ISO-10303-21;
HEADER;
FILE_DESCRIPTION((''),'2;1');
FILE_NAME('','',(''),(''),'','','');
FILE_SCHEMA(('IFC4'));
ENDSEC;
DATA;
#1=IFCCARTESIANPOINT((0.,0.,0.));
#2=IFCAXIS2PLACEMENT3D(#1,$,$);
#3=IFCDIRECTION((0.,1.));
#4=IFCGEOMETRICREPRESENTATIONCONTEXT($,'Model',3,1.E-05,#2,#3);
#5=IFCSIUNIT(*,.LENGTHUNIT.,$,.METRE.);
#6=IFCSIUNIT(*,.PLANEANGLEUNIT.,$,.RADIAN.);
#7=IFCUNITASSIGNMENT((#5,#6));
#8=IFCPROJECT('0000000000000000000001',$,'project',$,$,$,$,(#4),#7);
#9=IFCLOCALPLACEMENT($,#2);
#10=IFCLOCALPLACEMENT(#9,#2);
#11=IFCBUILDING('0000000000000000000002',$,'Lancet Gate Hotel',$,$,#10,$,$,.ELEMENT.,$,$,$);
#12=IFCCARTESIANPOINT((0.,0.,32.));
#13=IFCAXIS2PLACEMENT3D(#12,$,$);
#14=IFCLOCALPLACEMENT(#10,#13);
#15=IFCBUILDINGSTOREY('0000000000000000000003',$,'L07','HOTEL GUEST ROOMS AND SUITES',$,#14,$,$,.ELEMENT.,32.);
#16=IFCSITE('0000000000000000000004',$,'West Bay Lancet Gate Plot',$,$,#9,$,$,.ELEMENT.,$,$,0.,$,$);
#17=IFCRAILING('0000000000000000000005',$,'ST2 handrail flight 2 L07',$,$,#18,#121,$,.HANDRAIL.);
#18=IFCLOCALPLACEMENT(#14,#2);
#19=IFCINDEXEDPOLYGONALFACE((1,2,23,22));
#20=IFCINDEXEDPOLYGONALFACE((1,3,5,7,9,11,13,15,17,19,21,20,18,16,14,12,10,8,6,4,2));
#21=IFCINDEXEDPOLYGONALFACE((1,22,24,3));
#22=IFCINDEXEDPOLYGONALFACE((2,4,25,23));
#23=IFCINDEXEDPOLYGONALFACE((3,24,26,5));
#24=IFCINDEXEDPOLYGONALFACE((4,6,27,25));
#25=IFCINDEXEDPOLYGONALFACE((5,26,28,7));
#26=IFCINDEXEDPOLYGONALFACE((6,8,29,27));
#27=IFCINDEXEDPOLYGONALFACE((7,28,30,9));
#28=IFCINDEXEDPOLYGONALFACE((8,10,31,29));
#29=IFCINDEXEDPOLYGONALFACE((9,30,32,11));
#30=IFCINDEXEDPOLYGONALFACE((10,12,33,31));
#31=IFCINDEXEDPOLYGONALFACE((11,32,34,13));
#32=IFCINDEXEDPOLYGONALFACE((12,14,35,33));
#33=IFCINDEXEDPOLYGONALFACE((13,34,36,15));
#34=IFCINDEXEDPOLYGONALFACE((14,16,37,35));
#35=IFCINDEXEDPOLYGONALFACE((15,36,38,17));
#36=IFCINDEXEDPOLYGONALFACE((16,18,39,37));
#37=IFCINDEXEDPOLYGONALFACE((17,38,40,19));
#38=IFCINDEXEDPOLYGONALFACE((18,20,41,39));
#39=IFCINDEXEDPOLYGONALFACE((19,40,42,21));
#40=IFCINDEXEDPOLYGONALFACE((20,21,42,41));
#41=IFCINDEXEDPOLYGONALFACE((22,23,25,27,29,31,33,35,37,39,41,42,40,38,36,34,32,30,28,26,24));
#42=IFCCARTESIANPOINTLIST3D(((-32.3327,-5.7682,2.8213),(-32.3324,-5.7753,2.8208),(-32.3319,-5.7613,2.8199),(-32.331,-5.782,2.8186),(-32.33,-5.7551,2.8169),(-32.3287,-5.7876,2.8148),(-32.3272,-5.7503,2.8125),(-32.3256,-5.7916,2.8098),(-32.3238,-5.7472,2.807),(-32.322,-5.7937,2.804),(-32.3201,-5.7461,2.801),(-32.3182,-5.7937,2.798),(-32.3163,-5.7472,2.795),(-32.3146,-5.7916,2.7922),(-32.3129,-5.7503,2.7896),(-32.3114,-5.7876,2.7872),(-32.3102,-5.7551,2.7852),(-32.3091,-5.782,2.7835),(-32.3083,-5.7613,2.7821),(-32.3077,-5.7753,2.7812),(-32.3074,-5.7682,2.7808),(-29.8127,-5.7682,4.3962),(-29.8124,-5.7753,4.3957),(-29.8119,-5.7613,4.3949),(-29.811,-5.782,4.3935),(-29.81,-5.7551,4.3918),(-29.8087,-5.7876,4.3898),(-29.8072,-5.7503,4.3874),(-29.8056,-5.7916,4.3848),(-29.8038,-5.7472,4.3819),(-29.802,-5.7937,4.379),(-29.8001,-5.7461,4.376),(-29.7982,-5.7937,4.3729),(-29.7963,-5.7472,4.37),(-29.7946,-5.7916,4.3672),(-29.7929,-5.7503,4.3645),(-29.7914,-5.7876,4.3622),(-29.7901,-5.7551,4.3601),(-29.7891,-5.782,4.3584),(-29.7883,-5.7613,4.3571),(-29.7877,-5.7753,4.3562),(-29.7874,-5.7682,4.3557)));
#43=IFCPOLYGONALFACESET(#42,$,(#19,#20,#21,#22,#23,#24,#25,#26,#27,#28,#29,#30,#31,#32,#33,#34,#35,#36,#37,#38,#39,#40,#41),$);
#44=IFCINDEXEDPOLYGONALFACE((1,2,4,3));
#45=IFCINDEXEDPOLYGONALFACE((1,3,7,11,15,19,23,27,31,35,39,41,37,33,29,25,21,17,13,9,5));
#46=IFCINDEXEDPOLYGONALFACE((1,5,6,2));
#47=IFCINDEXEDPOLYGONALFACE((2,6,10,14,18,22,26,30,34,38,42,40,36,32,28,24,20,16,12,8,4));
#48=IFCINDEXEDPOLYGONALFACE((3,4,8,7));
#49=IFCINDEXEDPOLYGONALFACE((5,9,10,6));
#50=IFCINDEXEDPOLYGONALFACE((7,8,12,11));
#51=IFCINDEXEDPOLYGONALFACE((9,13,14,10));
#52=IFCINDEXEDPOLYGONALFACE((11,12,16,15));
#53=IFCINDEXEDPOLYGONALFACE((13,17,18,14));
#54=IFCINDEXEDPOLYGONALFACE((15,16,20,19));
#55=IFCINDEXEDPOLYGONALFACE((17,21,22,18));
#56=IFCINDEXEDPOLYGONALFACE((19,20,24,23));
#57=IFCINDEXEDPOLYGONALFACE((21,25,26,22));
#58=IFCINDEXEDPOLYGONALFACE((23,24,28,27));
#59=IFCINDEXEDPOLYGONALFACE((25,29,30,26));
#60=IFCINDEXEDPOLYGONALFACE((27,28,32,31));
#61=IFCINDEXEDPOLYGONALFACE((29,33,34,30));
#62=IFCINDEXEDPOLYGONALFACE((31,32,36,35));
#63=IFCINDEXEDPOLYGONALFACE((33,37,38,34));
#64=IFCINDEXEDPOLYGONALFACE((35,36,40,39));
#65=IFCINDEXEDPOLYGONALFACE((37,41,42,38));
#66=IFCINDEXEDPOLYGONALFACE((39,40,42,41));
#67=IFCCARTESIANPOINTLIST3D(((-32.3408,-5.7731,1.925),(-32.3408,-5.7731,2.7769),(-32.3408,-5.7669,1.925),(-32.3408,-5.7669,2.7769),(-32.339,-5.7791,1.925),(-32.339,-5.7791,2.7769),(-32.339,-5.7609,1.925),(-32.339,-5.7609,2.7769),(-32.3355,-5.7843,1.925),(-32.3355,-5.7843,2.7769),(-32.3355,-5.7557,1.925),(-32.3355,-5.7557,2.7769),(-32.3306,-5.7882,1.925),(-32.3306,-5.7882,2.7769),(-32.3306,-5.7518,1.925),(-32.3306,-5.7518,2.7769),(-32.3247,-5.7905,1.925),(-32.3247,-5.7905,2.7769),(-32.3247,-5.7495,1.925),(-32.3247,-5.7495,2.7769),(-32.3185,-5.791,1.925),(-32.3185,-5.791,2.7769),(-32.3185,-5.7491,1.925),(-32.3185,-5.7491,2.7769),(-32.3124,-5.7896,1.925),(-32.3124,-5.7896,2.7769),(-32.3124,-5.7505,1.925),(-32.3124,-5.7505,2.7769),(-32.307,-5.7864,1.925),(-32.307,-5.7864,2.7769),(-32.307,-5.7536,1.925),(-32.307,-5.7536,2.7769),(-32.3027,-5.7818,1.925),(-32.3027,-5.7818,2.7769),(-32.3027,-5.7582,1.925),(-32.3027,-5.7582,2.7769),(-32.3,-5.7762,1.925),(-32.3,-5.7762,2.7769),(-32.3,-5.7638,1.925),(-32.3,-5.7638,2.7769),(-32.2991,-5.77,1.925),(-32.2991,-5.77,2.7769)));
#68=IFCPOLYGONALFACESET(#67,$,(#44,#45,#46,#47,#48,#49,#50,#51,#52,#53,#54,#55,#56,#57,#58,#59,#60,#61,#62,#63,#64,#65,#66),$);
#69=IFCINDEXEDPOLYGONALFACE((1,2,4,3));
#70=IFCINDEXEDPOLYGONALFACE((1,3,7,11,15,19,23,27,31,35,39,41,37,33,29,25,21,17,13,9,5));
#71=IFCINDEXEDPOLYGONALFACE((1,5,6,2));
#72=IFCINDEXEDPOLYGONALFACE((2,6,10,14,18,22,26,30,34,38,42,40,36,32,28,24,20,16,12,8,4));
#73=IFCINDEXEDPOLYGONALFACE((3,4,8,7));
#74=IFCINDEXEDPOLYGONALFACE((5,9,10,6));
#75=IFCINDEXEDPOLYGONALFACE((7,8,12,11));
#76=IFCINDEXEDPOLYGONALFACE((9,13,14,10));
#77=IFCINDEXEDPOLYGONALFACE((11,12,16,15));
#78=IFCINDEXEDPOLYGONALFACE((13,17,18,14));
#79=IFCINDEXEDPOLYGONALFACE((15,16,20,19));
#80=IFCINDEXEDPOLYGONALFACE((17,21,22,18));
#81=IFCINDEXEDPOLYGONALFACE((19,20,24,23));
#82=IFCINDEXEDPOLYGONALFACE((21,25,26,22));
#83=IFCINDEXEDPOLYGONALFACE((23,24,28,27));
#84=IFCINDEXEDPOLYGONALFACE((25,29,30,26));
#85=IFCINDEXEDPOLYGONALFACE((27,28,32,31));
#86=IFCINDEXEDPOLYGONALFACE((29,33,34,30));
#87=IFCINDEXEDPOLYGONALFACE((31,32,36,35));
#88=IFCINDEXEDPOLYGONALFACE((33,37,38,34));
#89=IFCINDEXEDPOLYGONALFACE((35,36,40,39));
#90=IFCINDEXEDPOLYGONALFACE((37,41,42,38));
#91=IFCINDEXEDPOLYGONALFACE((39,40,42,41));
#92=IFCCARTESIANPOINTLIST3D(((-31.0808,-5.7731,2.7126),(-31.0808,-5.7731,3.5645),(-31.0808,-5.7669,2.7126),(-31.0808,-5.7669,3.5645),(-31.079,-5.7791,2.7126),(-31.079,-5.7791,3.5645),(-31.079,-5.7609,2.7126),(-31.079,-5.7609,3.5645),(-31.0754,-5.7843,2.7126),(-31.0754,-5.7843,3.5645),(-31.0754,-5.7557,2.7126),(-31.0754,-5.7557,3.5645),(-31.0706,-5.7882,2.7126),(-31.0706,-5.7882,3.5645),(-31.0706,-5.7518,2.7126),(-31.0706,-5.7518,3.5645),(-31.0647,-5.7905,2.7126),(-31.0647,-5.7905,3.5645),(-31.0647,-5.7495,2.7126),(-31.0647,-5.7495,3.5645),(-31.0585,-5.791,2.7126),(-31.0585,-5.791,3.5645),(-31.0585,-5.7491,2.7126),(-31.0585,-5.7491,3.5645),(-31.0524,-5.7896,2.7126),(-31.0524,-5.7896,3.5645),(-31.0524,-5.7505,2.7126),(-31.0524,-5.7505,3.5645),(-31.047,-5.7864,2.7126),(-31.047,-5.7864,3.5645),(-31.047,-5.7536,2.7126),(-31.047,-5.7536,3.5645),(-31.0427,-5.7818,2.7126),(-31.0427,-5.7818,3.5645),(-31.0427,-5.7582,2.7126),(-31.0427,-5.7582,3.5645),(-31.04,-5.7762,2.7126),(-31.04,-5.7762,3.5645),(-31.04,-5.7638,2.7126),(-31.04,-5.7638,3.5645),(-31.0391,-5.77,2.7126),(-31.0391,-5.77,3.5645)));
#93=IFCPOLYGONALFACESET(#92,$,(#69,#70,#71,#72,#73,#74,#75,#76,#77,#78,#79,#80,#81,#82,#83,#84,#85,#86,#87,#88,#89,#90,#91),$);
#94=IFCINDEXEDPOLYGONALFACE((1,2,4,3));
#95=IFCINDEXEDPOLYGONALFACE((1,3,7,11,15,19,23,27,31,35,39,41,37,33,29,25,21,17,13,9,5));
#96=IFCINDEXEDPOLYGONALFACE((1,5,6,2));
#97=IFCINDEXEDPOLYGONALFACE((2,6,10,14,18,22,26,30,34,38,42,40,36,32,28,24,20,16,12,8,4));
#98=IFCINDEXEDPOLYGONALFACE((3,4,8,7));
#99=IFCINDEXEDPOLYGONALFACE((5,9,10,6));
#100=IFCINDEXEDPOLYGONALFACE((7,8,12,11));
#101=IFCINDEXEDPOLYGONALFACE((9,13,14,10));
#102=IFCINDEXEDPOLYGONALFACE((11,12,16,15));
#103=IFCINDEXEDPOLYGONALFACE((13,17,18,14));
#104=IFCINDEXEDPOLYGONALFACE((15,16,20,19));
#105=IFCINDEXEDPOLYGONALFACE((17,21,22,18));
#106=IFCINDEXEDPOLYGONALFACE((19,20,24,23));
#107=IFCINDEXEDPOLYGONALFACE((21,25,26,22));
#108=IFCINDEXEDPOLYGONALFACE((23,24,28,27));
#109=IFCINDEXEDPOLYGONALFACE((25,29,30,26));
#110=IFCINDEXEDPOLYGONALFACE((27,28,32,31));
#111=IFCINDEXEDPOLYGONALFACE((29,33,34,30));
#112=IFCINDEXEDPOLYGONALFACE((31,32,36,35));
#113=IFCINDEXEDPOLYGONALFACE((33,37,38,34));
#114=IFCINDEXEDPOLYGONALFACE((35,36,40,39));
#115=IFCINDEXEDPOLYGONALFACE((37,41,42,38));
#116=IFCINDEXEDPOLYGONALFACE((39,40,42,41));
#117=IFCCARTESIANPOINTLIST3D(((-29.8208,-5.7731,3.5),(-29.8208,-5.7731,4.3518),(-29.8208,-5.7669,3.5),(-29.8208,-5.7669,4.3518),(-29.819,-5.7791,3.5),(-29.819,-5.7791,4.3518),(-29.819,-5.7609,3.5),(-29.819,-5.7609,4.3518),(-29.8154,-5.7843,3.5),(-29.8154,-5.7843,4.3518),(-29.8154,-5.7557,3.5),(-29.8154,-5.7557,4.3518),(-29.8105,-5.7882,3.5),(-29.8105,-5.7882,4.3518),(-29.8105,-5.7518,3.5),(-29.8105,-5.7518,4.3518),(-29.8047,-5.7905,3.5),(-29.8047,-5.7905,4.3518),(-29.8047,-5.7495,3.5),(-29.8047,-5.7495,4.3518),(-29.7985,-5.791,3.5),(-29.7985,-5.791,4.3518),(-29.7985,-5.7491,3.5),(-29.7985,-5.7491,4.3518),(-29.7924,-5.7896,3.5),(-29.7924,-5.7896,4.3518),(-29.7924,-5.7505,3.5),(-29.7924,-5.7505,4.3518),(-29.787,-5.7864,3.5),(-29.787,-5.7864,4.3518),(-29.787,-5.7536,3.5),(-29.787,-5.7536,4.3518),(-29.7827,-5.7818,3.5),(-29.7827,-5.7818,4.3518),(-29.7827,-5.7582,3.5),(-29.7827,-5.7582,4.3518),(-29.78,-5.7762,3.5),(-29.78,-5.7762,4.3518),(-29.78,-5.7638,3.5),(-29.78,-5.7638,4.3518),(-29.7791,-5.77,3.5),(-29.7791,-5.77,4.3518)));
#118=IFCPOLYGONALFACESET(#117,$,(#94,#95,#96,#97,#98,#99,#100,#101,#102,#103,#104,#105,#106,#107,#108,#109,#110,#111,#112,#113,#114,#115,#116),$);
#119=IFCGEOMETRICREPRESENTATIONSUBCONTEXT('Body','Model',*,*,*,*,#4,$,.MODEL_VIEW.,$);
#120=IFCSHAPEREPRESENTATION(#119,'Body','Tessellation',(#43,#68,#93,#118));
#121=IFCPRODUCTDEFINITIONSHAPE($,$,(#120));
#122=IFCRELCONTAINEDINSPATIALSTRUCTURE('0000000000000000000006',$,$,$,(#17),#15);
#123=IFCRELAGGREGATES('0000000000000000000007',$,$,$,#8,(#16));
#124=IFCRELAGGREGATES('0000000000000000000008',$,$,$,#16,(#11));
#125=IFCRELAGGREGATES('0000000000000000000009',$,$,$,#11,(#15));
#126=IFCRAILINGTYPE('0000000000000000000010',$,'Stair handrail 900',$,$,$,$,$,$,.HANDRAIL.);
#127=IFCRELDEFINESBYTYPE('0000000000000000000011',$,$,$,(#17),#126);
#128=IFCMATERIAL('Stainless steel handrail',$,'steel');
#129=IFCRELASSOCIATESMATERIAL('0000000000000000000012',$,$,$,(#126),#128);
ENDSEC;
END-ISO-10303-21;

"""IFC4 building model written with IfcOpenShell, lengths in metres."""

from ifc_helpers import new_model, si_unit, direction, frame, origin, origin_2d, place, context, subcontext, project, spatial, circle, extrude, material, type_object, element, save


model = new_model("IFC4")

# Units and contexts
model_context = context("Model", 3, precision=1e-05, world=origin(), true_north=direction((0.0, 1.0)))
body_context = subcontext(model_context, "Body", "Model", "MODEL_VIEW")
ifc_project = project(units=[si_unit("LENGTHUNIT", "METRE"), si_unit("PLANEANGLEUNIT", "RADIAN")], contexts=[model_context])

# Site, building, storey
site_placement = place(None, origin())
site = spatial("IfcSite", under=ifc_project, at=site_placement, Name="West Bay Lancet Gate Plot", CompositionType="ELEMENT", RefElevation=0.0)
building_placement = place(site_placement, origin())
building = spatial("IfcBuilding", under=site, at=building_placement, Name="Lancet Gate Hotel", CompositionType="ELEMENT")
storey_placement = place(building_placement, frame((0.0, 0.0, 32.0)))
storey = spatial("IfcBuildingStorey", under=building, at=storey_placement, Name="L07", Description="HOTEL GUEST ROOMS AND SUITES", CompositionType="ELEMENT", Elevation=32.0)

# Railing
ifc_material_1 = material(Name="Stainless steel handrail", Category="steel")
railing_type = type_object("IfcRailingType", Name="Stair handrail 900", PredefinedType="HANDRAIL", material=ifc_material_1)
railing_1_placement = place(storey_placement, frame((-32.3201, -5.77, 1.925)))
element("IfcRailing", 1, at=railing_1_placement, inside=storey, type_object=railing_type, Name="ST2 handrail flight 2 L07", PredefinedType="HANDRAIL", context=body_context, shape_type="SweptSolid", body=[
    extrude(circle(Radius=0.0239, at=origin_2d()), frame((0.0, 0.0, 0.876), z_axis=(0.848008, 0.0, 0.529984), x_axis=(0.0, 1.0, 0.0)), (0.0, 0.0, 1.0), 2.9717),
    extrude(circle(Radius=0.021, at=origin_2d()), origin(), (0.0, 0.0, 1.0), 0.8518),
    extrude(circle(Radius=0.021, at=origin_2d()), frame((1.26, 0.0, 0.7876)), (0.0, 0.0, 1.0), 0.8518),
    extrude(circle(Radius=0.021, at=origin_2d()), frame((2.52, 0.0, 1.575)), (0.0, 0.0, 1.0), 0.8518),
])

save(model, "model.ifc")
